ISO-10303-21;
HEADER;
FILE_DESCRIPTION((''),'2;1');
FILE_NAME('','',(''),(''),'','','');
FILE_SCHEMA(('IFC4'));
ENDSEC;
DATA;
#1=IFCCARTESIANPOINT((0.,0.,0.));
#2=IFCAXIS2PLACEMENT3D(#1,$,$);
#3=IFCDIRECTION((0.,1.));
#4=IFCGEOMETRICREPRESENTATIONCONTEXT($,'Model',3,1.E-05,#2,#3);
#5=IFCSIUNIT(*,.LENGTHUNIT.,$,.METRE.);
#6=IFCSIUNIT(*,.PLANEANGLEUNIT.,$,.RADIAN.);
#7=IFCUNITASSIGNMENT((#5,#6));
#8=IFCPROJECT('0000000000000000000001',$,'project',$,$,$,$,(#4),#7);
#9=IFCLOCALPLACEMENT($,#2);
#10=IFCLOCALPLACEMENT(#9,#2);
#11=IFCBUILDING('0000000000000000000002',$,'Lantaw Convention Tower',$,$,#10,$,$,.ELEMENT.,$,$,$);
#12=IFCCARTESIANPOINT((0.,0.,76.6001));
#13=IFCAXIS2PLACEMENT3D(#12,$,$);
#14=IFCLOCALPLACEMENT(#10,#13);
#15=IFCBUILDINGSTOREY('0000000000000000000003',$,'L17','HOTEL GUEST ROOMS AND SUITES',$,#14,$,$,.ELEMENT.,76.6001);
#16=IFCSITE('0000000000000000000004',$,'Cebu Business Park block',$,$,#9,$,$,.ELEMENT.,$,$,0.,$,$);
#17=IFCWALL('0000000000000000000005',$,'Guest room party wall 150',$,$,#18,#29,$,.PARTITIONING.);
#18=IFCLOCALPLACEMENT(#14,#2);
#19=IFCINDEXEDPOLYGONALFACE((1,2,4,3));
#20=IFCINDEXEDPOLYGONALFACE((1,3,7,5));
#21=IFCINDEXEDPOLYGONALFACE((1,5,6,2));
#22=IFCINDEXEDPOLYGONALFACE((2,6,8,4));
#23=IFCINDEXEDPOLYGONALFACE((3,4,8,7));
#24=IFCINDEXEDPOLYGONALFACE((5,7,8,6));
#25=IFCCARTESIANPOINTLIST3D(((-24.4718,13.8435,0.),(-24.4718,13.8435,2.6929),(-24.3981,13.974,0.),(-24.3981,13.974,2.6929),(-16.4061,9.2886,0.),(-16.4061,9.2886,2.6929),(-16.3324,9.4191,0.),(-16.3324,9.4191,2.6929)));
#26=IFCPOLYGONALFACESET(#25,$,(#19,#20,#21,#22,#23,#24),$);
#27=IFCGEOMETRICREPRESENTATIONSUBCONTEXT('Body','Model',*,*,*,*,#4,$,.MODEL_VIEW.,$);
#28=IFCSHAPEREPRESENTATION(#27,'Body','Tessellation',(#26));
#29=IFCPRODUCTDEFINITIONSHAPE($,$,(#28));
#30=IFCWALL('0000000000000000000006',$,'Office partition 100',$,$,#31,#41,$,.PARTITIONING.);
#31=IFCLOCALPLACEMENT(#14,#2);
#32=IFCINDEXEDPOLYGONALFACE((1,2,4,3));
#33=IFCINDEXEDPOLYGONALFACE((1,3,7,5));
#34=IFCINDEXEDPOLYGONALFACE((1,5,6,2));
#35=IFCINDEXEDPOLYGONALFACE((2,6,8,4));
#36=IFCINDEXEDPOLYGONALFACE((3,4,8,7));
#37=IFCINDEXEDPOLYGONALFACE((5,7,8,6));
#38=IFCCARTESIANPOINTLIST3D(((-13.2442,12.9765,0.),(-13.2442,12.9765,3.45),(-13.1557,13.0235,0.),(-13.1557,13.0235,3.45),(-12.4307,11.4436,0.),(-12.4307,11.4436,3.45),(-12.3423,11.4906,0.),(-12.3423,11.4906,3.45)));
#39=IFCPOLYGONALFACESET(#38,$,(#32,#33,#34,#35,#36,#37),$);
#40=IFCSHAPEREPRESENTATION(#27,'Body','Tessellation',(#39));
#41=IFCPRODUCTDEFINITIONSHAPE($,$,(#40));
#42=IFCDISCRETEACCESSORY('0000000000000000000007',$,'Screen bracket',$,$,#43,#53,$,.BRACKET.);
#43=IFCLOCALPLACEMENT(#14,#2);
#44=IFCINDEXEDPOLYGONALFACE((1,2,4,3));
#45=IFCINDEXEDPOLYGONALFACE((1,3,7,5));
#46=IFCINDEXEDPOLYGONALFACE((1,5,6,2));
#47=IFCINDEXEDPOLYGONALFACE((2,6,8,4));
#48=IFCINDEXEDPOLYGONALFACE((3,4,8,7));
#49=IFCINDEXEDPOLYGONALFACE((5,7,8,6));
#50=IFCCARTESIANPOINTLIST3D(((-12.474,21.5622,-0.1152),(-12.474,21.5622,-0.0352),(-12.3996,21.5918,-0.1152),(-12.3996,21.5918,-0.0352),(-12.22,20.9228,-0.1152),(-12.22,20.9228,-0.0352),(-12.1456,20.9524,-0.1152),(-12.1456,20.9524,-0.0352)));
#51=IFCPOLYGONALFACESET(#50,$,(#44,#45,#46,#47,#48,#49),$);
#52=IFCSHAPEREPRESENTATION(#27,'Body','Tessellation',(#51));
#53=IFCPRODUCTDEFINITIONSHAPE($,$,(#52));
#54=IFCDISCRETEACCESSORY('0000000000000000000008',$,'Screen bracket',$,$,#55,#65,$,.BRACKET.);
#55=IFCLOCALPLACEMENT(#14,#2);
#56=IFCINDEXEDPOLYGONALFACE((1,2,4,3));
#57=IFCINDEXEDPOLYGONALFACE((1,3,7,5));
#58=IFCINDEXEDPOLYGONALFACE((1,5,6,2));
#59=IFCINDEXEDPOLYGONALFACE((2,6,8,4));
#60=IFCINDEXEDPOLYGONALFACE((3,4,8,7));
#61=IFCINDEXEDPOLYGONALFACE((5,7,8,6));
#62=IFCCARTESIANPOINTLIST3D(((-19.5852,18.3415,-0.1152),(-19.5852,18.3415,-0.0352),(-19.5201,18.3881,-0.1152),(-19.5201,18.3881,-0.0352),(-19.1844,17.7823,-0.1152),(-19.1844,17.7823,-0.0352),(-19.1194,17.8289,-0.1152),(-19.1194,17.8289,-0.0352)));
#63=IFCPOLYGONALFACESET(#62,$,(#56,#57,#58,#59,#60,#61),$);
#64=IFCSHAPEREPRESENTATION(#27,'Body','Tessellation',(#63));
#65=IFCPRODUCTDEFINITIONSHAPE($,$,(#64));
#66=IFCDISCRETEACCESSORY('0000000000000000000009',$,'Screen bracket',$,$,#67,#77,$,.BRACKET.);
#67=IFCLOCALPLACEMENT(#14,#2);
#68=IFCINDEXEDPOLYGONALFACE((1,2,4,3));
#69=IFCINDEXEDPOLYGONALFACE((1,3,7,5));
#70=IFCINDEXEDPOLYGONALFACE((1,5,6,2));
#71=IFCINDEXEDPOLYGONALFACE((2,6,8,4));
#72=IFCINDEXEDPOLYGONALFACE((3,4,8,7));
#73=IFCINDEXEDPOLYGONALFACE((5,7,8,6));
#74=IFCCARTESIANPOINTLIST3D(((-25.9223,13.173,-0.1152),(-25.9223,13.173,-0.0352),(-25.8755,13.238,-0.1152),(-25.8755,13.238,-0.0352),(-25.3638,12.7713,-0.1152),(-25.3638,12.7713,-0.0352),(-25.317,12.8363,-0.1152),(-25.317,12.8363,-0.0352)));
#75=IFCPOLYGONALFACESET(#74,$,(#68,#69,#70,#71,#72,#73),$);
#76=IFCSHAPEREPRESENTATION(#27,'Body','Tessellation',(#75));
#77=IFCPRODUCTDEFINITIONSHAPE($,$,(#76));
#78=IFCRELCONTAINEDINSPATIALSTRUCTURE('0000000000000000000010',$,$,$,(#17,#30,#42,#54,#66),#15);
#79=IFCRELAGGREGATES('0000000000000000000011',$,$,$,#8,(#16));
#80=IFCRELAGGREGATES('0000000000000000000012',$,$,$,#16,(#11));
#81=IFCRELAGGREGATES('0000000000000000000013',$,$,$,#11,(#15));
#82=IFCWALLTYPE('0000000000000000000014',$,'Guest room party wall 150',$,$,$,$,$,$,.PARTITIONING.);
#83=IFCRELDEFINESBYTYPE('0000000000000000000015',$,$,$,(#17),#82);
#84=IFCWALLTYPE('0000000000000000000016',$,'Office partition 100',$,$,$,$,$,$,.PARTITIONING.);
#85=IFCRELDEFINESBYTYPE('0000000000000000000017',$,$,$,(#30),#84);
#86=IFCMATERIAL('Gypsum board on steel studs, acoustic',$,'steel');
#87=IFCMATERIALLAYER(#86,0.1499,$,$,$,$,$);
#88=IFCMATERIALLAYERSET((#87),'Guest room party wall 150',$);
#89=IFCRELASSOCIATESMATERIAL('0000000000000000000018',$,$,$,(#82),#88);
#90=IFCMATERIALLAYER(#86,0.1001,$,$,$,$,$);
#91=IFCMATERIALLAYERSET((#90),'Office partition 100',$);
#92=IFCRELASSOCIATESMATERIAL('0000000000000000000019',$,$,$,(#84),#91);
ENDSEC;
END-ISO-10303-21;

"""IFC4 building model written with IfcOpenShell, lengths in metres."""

from ifc_helpers import new_model, si_unit, direction, frame, frame_2d, origin, origin_2d, place, context, subcontext, project, spatial, rectangle, extrude, material, layer, layer_set, type_object, element, save


model = new_model("IFC4")

# Units and contexts
model_context = context("Model", 3, precision=1e-05, world=origin(), true_north=direction((0.0, 1.0)))
body_context = subcontext(model_context, "Body", "Model", "MODEL_VIEW")
ifc_project = project(units=[si_unit("LENGTHUNIT", "METRE"), si_unit("PLANEANGLEUNIT", "RADIAN")], contexts=[model_context])

# Site, building, storey
site_placement = place(None, origin())
site = spatial("IfcSite", under=ifc_project, at=site_placement, Name="Cebu Business Park block", CompositionType="ELEMENT", RefElevation=0.0)
building_placement = place(site_placement, origin())
building = spatial("IfcBuilding", under=site, at=building_placement, Name="Lantaw Convention Tower", CompositionType="ELEMENT")
storey_placement = place(building_placement, frame((0.0, 0.0, 76.6001)))
storey = spatial("IfcBuildingStorey", under=building, at=storey_placement, Name="L17", Description="HOTEL GUEST ROOMS AND SUITES", CompositionType="ELEMENT", Elevation=76.6001)

# Walls
ifc_material_1 = material(Name="Gypsum board on steel studs, acoustic", Category="steel")
ifc_layer_1 = layer(ifc_material_1, 0.1499)
ifc_layer_set_1 = layer_set([ifc_layer_1], Name="Guest room party wall 150")
wall_type_1 = type_object("IfcWallType", Name="Guest room party wall 150", PredefinedType="PARTITIONING", material=ifc_layer_set_1)
wall_1_placement = place(storey_placement, frame((-24.4348, 13.9087, 0.0), z_axis=(0.0, 0.0, 1.0), x_axis=(0.870744, -0.491736, 0.0)))
element("IfcWall", 1, at=wall_1_placement, inside=storey, type_object=wall_type_1, Name="Guest room party wall 150", PredefinedType="PARTITIONING", context=body_context, shape_type="SweptSolid", body=[
    extrude(rectangle(XDim=9.2629, YDim=0.1499, at=frame_2d((4.6313, 0.0))), origin(), (0.0, 0.0, 1.0), 2.6929),
])
ifc_layer_2 = layer(ifc_material_1, 0.1001)
ifc_layer_set_2 = layer_set([ifc_layer_2], Name="Office partition 100")
wall_type_2 = type_object("IfcWallType", Name="Office partition 100", PredefinedType="PARTITIONING", material=ifc_layer_set_2)
wall_2_placement = place(storey_placement, frame((-13.2, 13.0, 0.0), z_axis=(0.0, 0.0, 1.0), x_axis=(0.468747, -0.883332, 0.0)))
element("IfcWall", 2, at=wall_2_placement, inside=storey, type_object=wall_type_2, Name="Office partition 100", PredefinedType="PARTITIONING", context=body_context, shape_type="SweptSolid", body=[
    extrude(rectangle(XDim=1.7354, YDim=0.1001, at=frame_2d((0.8677, 0.0))), origin(), (0.0, 0.0, 1.0), 3.45),
])

# Discrete accessories
for number, where, z_axis, x_axis, name in (
    (3, (-12.3098, 21.2573, -0.1152), (0.0, 0.0, 1.0), (-0.929361, -0.369172, 0.0), "Screen bracket"),
    (4, (-19.3523, 18.0852, -0.1152), (0.0, 0.0, 1.0), (-0.812804, -0.582538, 0.0), "Screen bracket"),
    (5, (-25.6196, 13.0046, -0.1152), (0.0, 0.0, 1.0), (-0.583951, -0.811789, 0.0), "Screen bracket"),
):
    element("IfcDiscreteAccessory", number, at=place(storey_placement, frame(where, z_axis=z_axis, x_axis=x_axis)), inside=storey, Name=name, PredefinedType="BRACKET", context=body_context, shape_type="SweptSolid", body=[
        extrude(rectangle(XDim=0.0801, YDim=0.688, at=origin_2d()), origin(), (0.0, 0.0, 1.0), 0.0801),
    ])

save(model, "model.ifc")
